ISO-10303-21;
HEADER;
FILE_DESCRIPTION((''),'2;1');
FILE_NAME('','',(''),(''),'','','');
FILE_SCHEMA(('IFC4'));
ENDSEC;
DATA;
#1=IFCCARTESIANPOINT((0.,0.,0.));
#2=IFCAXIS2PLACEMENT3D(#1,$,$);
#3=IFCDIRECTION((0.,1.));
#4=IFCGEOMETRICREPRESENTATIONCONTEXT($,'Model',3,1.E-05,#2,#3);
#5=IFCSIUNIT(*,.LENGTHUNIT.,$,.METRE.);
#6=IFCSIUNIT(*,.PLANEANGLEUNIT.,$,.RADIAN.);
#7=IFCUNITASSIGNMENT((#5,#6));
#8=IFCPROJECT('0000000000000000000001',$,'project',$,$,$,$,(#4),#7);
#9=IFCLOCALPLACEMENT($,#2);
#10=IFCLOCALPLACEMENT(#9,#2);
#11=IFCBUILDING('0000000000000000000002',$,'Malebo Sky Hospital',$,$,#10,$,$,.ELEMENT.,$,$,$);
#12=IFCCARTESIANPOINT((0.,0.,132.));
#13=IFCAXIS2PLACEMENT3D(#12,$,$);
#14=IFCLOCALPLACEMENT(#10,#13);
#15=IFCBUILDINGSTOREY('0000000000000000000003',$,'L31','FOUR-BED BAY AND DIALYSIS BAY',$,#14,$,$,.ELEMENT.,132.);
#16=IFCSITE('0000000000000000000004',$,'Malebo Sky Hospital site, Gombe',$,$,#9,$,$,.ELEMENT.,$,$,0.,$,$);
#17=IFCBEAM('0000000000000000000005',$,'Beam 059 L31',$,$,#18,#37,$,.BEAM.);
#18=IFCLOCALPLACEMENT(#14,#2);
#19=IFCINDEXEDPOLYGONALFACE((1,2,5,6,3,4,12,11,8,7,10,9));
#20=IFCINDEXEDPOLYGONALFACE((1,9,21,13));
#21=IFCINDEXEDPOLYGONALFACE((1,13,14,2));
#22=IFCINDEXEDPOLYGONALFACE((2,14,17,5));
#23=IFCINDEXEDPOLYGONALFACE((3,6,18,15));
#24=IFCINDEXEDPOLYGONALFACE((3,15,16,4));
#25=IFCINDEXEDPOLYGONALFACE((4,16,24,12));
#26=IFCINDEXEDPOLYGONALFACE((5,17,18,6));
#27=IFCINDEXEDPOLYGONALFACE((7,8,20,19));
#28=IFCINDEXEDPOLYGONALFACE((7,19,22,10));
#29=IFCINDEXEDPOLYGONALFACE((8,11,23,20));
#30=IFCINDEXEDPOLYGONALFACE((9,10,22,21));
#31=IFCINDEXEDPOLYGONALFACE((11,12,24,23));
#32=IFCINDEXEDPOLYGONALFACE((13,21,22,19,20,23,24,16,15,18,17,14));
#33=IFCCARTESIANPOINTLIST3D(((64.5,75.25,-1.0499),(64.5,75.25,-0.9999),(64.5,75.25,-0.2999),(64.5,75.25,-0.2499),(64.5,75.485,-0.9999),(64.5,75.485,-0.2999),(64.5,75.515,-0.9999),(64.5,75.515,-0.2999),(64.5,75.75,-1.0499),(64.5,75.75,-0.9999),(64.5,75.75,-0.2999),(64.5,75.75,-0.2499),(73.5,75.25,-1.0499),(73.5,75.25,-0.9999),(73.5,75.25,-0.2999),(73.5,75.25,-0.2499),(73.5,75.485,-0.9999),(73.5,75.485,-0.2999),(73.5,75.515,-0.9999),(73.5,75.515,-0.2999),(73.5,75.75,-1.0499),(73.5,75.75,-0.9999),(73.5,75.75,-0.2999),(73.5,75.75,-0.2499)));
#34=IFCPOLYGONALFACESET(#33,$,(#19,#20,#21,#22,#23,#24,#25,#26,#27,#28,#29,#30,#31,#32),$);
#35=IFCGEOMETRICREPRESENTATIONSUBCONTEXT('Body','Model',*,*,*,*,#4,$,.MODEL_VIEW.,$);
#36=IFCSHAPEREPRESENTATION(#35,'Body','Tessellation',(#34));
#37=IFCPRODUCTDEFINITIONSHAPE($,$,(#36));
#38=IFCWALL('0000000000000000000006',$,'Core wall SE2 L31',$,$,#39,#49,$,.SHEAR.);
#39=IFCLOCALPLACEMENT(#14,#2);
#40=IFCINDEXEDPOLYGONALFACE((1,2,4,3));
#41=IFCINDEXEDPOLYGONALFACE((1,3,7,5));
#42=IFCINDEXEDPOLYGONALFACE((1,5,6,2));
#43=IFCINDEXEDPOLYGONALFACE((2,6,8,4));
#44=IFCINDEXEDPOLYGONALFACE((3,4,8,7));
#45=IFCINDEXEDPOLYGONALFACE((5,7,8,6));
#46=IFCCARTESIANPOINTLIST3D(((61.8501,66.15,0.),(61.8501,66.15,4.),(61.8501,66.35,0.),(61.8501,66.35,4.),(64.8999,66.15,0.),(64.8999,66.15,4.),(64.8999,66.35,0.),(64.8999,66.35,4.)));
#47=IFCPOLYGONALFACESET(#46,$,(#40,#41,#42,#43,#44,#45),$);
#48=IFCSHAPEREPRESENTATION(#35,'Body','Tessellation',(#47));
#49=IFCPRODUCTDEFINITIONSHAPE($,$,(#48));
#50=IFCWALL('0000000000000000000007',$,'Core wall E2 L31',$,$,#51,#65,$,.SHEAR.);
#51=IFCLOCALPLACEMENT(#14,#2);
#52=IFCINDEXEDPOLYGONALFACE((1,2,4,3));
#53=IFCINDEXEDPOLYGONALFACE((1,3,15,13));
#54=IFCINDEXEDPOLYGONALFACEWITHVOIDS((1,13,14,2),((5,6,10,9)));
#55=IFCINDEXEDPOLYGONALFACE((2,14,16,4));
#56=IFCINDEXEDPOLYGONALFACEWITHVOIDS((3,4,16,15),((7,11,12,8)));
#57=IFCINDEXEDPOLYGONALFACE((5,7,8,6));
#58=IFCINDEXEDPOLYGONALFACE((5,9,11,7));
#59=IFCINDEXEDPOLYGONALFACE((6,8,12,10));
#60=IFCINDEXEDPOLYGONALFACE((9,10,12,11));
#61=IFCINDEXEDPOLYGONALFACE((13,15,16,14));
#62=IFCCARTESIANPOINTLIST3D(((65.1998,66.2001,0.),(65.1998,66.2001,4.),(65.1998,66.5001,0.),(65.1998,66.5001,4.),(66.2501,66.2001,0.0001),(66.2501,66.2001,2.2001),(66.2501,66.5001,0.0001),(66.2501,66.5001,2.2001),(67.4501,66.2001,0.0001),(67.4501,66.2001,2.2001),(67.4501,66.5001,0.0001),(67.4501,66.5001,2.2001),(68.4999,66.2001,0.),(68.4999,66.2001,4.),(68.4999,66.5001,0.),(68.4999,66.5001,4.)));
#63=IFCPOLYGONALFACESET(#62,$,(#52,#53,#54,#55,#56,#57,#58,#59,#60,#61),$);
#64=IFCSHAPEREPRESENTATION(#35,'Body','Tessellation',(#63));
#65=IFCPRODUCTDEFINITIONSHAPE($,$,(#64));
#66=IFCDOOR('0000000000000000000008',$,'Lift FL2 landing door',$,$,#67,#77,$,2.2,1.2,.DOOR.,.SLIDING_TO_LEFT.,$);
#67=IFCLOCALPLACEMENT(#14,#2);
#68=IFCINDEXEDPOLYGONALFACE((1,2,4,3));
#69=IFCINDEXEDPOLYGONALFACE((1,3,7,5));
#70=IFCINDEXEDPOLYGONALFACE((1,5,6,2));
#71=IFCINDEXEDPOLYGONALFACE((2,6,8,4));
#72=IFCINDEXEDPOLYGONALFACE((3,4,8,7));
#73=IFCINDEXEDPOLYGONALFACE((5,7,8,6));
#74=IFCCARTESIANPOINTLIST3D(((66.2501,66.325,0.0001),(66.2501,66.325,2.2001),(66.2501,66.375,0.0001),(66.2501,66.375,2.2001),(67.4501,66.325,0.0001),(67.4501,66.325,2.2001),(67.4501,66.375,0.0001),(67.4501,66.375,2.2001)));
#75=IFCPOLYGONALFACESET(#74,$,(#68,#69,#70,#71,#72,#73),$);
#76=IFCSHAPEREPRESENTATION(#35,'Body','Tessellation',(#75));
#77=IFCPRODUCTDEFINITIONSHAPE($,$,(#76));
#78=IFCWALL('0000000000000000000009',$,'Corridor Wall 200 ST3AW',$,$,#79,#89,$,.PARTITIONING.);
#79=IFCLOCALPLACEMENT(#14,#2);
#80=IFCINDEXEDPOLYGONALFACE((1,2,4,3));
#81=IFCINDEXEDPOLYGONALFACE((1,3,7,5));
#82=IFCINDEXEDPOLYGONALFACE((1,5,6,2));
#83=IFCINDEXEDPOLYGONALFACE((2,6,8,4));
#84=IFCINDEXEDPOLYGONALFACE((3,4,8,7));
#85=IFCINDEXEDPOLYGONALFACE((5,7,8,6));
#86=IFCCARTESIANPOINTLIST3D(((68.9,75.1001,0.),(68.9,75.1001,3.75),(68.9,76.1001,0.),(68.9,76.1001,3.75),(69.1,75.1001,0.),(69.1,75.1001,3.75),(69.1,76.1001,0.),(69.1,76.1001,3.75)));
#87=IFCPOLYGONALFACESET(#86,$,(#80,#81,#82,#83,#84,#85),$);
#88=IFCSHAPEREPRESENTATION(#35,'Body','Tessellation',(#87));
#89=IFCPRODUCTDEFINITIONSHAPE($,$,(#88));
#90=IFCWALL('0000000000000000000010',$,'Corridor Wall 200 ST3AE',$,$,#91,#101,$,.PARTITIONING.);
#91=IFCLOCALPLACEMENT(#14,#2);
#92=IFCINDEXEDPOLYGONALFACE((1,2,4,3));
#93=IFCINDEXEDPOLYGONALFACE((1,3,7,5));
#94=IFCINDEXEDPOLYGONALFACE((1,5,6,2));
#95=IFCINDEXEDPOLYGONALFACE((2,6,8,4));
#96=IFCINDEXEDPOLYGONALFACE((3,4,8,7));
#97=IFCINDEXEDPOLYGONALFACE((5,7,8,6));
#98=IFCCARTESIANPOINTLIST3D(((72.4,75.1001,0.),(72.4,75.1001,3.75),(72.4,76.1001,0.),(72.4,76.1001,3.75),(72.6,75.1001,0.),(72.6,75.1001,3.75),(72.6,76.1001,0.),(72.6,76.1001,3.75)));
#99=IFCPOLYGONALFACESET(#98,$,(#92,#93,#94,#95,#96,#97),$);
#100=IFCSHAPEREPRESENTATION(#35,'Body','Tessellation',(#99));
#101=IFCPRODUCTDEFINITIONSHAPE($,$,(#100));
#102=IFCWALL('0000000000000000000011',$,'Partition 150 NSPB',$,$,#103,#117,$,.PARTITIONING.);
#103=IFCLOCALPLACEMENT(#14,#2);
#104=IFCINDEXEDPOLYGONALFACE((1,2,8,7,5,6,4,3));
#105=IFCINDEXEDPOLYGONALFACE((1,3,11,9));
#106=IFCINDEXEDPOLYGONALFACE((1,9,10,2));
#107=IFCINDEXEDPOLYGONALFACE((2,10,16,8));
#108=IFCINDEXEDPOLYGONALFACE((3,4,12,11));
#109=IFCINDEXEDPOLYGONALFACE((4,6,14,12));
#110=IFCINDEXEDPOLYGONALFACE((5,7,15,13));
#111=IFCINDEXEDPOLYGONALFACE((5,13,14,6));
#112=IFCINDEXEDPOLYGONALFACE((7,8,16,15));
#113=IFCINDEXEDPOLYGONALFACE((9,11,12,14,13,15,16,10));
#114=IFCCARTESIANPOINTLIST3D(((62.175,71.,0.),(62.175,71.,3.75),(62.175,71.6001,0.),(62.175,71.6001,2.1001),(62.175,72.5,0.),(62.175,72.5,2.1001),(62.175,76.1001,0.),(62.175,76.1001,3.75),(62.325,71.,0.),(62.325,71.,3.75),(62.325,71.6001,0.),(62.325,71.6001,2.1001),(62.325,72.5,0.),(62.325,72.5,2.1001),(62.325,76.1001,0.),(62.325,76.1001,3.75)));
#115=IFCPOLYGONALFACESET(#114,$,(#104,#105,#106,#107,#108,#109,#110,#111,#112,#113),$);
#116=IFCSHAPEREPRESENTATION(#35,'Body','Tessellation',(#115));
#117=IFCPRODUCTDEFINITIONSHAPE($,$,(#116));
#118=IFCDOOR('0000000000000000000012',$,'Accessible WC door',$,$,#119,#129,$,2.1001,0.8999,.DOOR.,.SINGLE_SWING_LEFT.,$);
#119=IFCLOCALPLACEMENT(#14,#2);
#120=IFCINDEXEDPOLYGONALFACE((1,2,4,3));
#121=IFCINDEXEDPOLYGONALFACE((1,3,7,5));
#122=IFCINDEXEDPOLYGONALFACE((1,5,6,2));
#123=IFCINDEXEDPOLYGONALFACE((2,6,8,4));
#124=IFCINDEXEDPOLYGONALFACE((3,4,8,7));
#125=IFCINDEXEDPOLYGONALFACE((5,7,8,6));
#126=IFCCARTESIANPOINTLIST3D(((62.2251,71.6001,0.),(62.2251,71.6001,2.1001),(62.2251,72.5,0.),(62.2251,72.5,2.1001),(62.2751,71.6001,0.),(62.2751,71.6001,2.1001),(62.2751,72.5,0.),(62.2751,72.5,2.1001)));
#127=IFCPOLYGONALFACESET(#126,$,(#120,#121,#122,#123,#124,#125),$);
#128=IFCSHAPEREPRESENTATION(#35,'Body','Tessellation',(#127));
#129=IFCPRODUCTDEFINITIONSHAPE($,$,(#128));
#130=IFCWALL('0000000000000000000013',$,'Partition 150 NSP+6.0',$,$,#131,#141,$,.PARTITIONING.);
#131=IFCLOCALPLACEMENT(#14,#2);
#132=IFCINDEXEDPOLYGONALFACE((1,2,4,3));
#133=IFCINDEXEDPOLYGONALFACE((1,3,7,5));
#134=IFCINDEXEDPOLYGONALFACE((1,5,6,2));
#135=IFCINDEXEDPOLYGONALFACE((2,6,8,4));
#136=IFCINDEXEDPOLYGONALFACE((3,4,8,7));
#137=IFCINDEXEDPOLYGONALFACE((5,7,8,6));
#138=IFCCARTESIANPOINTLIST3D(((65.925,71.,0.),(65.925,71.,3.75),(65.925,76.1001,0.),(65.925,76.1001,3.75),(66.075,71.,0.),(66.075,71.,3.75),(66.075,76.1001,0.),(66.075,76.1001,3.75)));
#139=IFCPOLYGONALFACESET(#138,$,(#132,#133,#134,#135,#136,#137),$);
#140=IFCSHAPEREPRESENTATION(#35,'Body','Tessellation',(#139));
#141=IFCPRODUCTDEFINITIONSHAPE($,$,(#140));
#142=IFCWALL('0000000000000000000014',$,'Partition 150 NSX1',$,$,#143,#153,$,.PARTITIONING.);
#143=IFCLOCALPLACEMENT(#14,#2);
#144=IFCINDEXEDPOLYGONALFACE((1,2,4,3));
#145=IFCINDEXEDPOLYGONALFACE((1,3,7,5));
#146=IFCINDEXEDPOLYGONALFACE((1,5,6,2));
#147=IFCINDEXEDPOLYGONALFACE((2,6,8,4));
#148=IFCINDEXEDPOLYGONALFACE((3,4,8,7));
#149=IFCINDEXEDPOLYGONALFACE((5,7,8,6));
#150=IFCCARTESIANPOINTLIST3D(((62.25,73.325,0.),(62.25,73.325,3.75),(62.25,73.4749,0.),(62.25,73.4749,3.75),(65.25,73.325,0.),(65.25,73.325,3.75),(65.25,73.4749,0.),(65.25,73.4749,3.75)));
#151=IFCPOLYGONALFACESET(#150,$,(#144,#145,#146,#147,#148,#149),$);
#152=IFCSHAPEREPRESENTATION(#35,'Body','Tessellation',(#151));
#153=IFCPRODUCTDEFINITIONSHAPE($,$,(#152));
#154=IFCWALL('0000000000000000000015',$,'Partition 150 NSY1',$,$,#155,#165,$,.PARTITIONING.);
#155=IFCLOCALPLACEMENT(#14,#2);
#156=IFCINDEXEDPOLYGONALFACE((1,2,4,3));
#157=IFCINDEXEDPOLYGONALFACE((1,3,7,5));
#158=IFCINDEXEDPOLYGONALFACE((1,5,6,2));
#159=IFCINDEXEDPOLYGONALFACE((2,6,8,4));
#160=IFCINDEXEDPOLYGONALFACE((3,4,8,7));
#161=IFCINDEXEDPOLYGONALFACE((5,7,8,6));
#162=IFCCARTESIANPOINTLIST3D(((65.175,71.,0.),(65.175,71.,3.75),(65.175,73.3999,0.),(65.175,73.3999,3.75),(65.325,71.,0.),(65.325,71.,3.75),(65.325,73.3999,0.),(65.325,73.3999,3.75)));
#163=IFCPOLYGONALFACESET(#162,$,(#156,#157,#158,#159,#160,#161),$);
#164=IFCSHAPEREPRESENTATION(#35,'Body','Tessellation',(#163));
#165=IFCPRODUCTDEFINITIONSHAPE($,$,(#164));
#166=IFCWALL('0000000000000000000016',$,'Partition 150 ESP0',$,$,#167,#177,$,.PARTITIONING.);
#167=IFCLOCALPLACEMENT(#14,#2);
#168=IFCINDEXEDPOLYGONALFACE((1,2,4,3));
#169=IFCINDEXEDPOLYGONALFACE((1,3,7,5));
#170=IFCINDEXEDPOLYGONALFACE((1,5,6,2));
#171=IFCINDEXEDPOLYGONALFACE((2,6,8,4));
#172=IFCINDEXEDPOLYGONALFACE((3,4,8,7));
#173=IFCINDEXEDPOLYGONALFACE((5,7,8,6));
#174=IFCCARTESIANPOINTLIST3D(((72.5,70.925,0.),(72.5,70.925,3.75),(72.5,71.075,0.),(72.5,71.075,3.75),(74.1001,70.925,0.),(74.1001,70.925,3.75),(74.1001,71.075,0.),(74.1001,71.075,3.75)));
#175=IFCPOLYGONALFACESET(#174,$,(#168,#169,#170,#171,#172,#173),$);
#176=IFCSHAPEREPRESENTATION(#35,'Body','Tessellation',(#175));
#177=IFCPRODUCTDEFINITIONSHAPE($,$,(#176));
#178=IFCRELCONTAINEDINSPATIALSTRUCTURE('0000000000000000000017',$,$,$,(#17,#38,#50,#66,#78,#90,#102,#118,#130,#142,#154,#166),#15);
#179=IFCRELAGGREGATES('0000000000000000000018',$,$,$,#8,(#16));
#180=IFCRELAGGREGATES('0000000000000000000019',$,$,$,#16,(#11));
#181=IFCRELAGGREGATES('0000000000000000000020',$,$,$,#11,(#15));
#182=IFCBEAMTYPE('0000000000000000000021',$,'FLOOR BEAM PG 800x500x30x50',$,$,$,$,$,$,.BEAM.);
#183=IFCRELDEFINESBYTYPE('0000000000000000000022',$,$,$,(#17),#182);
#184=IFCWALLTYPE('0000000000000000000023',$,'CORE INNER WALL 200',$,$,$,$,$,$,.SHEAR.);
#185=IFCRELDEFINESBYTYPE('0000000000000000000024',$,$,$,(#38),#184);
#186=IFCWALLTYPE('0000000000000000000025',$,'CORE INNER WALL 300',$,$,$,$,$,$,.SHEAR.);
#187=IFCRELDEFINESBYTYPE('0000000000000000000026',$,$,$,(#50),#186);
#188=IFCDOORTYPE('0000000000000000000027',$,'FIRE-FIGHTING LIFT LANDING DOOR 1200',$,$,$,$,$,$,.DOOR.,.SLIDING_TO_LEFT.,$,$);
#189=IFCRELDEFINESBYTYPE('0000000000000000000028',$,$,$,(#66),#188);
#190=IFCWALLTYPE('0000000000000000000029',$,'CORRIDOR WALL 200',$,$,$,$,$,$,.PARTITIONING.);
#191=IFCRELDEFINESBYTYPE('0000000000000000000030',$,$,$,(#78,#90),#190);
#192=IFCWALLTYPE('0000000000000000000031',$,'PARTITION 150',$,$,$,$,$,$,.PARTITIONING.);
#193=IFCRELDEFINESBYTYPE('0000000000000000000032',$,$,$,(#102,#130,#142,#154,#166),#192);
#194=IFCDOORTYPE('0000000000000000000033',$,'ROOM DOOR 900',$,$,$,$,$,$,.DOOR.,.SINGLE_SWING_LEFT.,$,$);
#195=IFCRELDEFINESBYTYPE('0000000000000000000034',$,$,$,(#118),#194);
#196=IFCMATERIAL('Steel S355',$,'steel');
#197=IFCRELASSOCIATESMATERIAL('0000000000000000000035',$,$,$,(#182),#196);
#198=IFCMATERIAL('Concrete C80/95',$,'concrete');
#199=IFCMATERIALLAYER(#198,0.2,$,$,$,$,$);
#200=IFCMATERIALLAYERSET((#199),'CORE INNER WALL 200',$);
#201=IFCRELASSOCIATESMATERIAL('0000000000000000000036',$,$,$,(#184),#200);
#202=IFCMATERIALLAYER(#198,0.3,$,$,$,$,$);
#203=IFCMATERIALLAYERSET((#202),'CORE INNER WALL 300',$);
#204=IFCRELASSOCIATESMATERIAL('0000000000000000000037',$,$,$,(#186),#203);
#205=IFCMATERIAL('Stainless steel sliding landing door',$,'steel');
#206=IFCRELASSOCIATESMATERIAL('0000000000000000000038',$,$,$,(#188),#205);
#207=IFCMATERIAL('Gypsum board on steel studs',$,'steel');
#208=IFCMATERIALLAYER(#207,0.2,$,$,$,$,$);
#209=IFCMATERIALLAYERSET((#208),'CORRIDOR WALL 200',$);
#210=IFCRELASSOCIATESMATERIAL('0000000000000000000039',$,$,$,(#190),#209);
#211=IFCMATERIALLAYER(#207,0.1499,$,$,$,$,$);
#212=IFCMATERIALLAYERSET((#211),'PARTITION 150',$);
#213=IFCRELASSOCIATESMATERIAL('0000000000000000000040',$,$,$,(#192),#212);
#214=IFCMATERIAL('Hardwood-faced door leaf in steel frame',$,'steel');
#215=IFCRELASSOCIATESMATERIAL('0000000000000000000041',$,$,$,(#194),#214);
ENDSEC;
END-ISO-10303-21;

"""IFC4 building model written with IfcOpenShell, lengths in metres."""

from ifc_helpers import new_model, si_unit, direction, frame, frame_2d, origin, origin_2d, place, context, subcontext, project, spatial, rectangle, i_section, extrude, material, layer, layer_set, material_profile, profile_set, type_object, element, fill, save


model = new_model("IFC4")

# Units and contexts
model_context = context("Model", 3, precision=1e-05, world=origin(), true_north=direction((0.0, 1.0)))
body_context = subcontext(model_context, "Body", "Model", "MODEL_VIEW")
ifc_project = project(units=[si_unit("LENGTHUNIT", "METRE"), si_unit("PLANEANGLEUNIT", "RADIAN")], contexts=[model_context])

# Site, building, storey
site_placement = place(None, origin())
site = spatial("IfcSite", under=ifc_project, at=site_placement, Name="Malebo Sky Hospital site, Gombe", CompositionType="ELEMENT", RefElevation=0.0)
building_placement = place(site_placement, origin())
building = spatial("IfcBuilding", under=site, at=building_placement, Name="Malebo Sky Hospital", CompositionType="ELEMENT")
storey_placement = place(building_placement, frame((0.0, 0.0, 132.0)))
storey = spatial("IfcBuildingStorey", under=building, at=storey_placement, Name="L31", Description="FOUR-BED BAY AND DIALYSIS BAY", CompositionType="ELEMENT", Elevation=132.0)

# Beam
ifc_material_1 = material(Name="Steel S355", Category="steel")
ifc_material_profile_1 = material_profile(ifc_material_1, i_section(OverallWidth=0.5, OverallDepth=0.8, WebThickness=0.03, FlangeThickness=0.05, at=origin_2d()), Name="PG 800x500x30x50")
ifc_profile_set_1 = profile_set([ifc_material_profile_1], Name="Steel S355")
beam_type = type_object("IfcBeamType", Name="FLOOR BEAM PG 800x500x30x50", PredefinedType="BEAM", material=ifc_profile_set_1)
beam_1_placement = place(storey_placement, frame((64.5, 75.5, -0.6499), z_axis=(1.0, 0.0, 0.0), x_axis=(0.0, 1.0, 0.0)))
element("IfcBeam", 1, at=beam_1_placement, inside=storey, type_object=beam_type, Name="Beam 059 L31", PredefinedType="BEAM", context=body_context, shape_type="SweptSolid", body=[
    extrude(i_section(OverallWidth=0.5, OverallDepth=0.8, WebThickness=0.03, FlangeThickness=0.05, at=origin_2d()), origin(), (0.0, 0.0, 1.0), 9.0),
])

# Wall
ifc_material_2 = material(Name="Concrete C80/95", Category="concrete")
ifc_layer_1 = layer(ifc_material_2, 0.2)
ifc_layer_set_1 = layer_set([ifc_layer_1], Name="CORE INNER WALL 200")
wall_type_1 = type_object("IfcWallType", Name="CORE INNER WALL 200", PredefinedType="SHEAR", material=ifc_layer_set_1)
wall_1_placement = place(storey_placement, frame((61.8501, 66.25, 0.0), z_axis=(0.0, 0.0, 1.0), x_axis=(1.0, 0.0, 0.0)))
element("IfcWall", 2, at=wall_1_placement, inside=storey, type_object=wall_type_1, Name="Core wall SE2 L31", PredefinedType="SHEAR", context=body_context, shape_type="SweptSolid", body=[
    extrude(rectangle(XDim=3.0498, YDim=0.2, at=frame_2d((1.5249, 0.0))), origin(), (0.0, 0.0, 1.0), 4.0),
])

# Wall, opening, door
ifc_layer_2 = layer(ifc_material_2, 0.3)
ifc_layer_set_2 = layer_set([ifc_layer_2], Name="CORE INNER WALL 300")
wall_type_2 = type_object("IfcWallType", Name="CORE INNER WALL 300", PredefinedType="SHEAR", material=ifc_layer_set_2)
wall_2_placement = place(storey_placement, frame((65.2, 66.3501, 0.0), z_axis=(0.0, 0.0, 1.0), x_axis=(1.0, 0.0, 0.0)))
wall_2 = element("IfcWall", 3, at=wall_2_placement, inside=storey, type_object=wall_type_2, Name="Core wall E2 L31", PredefinedType="SHEAR", context=body_context, shape_type="SweptSolid", body=[
    extrude(rectangle(XDim=3.3, YDim=0.3, at=frame_2d((1.6499, 0.0))), origin(), (0.0, 0.0, 1.0), 4.0),
])
opening_1_placement = place(wall_2_placement, frame((1.05, 0.0, 0.0)))
opening_1 = element("IfcOpeningElement", 4, at=opening_1_placement, cuts=wall_2, PredefinedType="OPENING", context=body_context, shape_type="SweptSolid", body=[
    extrude(rectangle(XDim=1.2, YDim=2.2, at=frame_2d((0.6001, 1.1001))), frame((0.0, 0.1599, 0.0), z_axis=(0.0, -1.0, 0.0), x_axis=(1.0, 0.0, 0.0)), (0.0, 0.0, 1.0), 0.3201),
])
ifc_material_3 = material(Name="Stainless steel sliding landing door", Category="steel")
door_type_1 = type_object("IfcDoorType", Name="FIRE-FIGHTING LIFT LANDING DOOR 1200", OperationType="SLIDING_TO_LEFT", PredefinedType="DOOR", material=ifc_material_3)
door_1_placement = place(opening_1_placement, origin())
door_1 = element("IfcDoor", 5, at=door_1_placement, inside=storey, type_object=door_type_1, Name="Lift FL2 landing door", OperationType="SLIDING_TO_LEFT", OverallHeight=2.2, OverallWidth=1.2, PredefinedType="DOOR", context=body_context, shape_type="SweptSolid", body=[
    extrude(rectangle(XDim=1.2, YDim=2.2, at=frame_2d((0.6001, 1.1001))), frame((0.0, 0.0249, 0.0), z_axis=(0.0, -1.0, 0.0), x_axis=(1.0, 0.0, 0.0)), (0.0, 0.0, 1.0), 0.05),
])
fill(opening_1, door_1)

# Walls
ifc_material_4 = material(Name="Gypsum board on steel studs", Category="steel")
ifc_layer_3 = layer(ifc_material_4, 0.2)
ifc_layer_set_3 = layer_set([ifc_layer_3], Name="CORRIDOR WALL 200")
wall_type_3 = type_object("IfcWallType", Name="CORRIDOR WALL 200", PredefinedType="PARTITIONING", material=ifc_layer_set_3)
for number, where, z_axis, x_axis, name in (
    (6, (69.0, 75.1001, 0.0), (0.0, 0.0, 1.0), (0.0, 1.0, 0.0), "Corridor Wall 200 ST3AW"),
    (7, (72.5, 75.1001, 0.0), (0.0, 0.0, 1.0), (0.0, 1.0, 0.0), "Corridor Wall 200 ST3AE"),
):
    element("IfcWall", number, at=place(storey_placement, frame(where, z_axis=z_axis, x_axis=x_axis)), inside=storey, type_object=wall_type_3, Name=name, PredefinedType="PARTITIONING", context=body_context, shape_type="SweptSolid", body=[
        extrude(rectangle(XDim=1.0, YDim=0.2, at=frame_2d((0.5, 0.0))), origin(), (0.0, 0.0, 1.0), 3.75),
    ])

# Wall, opening, door
ifc_layer_4 = layer(ifc_material_4, 0.1499)
ifc_layer_set_4 = layer_set([ifc_layer_4], Name="PARTITION 150")
wall_type_4 = type_object("IfcWallType", Name="PARTITION 150", PredefinedType="PARTITIONING", material=ifc_layer_set_4)
wall_3_placement = place(storey_placement, frame((62.25, 71.0, 0.0), z_axis=(0.0, 0.0, 1.0), x_axis=(0.0, 1.0, 0.0)))
wall_3 = element("IfcWall", 8, at=wall_3_placement, inside=storey, type_object=wall_type_4, Name="Partition 150 NSPB", PredefinedType="PARTITIONING", context=body_context, shape_type="SweptSolid", body=[
    extrude(rectangle(XDim=5.1001, YDim=0.1499, at=frame_2d((2.55, 0.0))), origin(), (0.0, 0.0, 1.0), 3.75),
])
opening_2_placement = place(wall_3_placement, frame((0.6001, 0.0, 0.0)))
opening_2 = element("IfcOpeningElement", 9, at=opening_2_placement, cuts=wall_3, PredefinedType="OPENING", context=body_context, shape_type="SweptSolid", body=[
    extrude(rectangle(XDim=0.8999, YDim=2.1001, at=frame_2d((0.45, 1.05))), frame((0.0, 0.085, 0.0), z_axis=(0.0, -1.0, 0.0), x_axis=(1.0, 0.0, 0.0)), (0.0, 0.0, 1.0), 0.1699),
])
ifc_material_5 = material(Name="Hardwood-faced door leaf in steel frame", Category="steel")
door_type_2 = type_object("IfcDoorType", Name="ROOM DOOR 900", OperationType="SINGLE_SWING_LEFT", PredefinedType="DOOR", material=ifc_material_5)
door_2_placement = place(opening_2_placement, origin())
door_2 = element("IfcDoor", 10, at=door_2_placement, inside=storey, type_object=door_type_2, Name="Accessible WC door", OperationType="SINGLE_SWING_LEFT", OverallHeight=2.1001, OverallWidth=0.8999, PredefinedType="DOOR", context=body_context, shape_type="SweptSolid", body=[
    extrude(rectangle(XDim=0.8999, YDim=2.1001, at=frame_2d((0.45, 1.05))), frame((0.0, 0.0249, 0.0), z_axis=(0.0, -1.0, 0.0), x_axis=(1.0, 0.0, 0.0)), (0.0, 0.0, 1.0), 0.05),
])
fill(opening_2, door_2)

# Walls
wall_4_placement = place(storey_placement, frame((66.0, 71.0, 0.0), z_axis=(0.0, 0.0, 1.0), x_axis=(0.0, 1.0, 0.0)))
element("IfcWall", 11, at=wall_4_placement, inside=storey, type_object=wall_type_4, Name="Partition 150 NSP+6.0", PredefinedType="PARTITIONING", context=body_context, shape_type="SweptSolid", body=[
    extrude(rectangle(XDim=5.1001, YDim=0.1499, at=frame_2d((2.55, 0.0))), origin(), (0.0, 0.0, 1.0), 3.75),
])
wall_5_placement = place(storey_placement, frame((62.25, 73.3999, 0.0), z_axis=(0.0, 0.0, 1.0), x_axis=(1.0, 0.0, 0.0)))
element("IfcWall", 12, at=wall_5_placement, inside=storey, type_object=wall_type_4, Name="Partition 150 NSX1", PredefinedType="PARTITIONING", context=body_context, shape_type="SweptSolid", body=[
    extrude(rectangle(XDim=3.0, YDim=0.1499, at=frame_2d((1.5, 0.0))), origin(), (0.0, 0.0, 1.0), 3.75),
])
wall_6_placement = place(storey_placement, frame((65.25, 71.0, 0.0), z_axis=(0.0, 0.0, 1.0), x_axis=(0.0, 1.0, 0.0)))
element("IfcWall", 13, at=wall_6_placement, inside=storey, type_object=wall_type_4, Name="Partition 150 NSY1", PredefinedType="PARTITIONING", context=body_context, shape_type="SweptSolid", body=[
    extrude(rectangle(XDim=2.3999, YDim=0.1499, at=frame_2d((1.2, 0.0))), origin(), (0.0, 0.0, 1.0), 3.75),
])
for number, where, z_axis, x_axis, name in (
    (14, (72.5, 71.0, 0.0), (0.0, 0.0, 1.0), (1.0, 0.0, 0.0), "Partition 150 ESP0"),
):
    element("IfcWall", number, at=place(storey_placement, frame(where, z_axis=z_axis, x_axis=x_axis)), inside=storey, type_object=wall_type_4, Name=name, PredefinedType="PARTITIONING", context=body_context, shape_type="SweptSolid", body=[
        extrude(rectangle(XDim=1.6001, YDim=0.1499, at=frame_2d((0.8, 0.0))), origin(), (0.0, 0.0, 1.0), 3.75),
    ])

save(model, "model.ifc")
